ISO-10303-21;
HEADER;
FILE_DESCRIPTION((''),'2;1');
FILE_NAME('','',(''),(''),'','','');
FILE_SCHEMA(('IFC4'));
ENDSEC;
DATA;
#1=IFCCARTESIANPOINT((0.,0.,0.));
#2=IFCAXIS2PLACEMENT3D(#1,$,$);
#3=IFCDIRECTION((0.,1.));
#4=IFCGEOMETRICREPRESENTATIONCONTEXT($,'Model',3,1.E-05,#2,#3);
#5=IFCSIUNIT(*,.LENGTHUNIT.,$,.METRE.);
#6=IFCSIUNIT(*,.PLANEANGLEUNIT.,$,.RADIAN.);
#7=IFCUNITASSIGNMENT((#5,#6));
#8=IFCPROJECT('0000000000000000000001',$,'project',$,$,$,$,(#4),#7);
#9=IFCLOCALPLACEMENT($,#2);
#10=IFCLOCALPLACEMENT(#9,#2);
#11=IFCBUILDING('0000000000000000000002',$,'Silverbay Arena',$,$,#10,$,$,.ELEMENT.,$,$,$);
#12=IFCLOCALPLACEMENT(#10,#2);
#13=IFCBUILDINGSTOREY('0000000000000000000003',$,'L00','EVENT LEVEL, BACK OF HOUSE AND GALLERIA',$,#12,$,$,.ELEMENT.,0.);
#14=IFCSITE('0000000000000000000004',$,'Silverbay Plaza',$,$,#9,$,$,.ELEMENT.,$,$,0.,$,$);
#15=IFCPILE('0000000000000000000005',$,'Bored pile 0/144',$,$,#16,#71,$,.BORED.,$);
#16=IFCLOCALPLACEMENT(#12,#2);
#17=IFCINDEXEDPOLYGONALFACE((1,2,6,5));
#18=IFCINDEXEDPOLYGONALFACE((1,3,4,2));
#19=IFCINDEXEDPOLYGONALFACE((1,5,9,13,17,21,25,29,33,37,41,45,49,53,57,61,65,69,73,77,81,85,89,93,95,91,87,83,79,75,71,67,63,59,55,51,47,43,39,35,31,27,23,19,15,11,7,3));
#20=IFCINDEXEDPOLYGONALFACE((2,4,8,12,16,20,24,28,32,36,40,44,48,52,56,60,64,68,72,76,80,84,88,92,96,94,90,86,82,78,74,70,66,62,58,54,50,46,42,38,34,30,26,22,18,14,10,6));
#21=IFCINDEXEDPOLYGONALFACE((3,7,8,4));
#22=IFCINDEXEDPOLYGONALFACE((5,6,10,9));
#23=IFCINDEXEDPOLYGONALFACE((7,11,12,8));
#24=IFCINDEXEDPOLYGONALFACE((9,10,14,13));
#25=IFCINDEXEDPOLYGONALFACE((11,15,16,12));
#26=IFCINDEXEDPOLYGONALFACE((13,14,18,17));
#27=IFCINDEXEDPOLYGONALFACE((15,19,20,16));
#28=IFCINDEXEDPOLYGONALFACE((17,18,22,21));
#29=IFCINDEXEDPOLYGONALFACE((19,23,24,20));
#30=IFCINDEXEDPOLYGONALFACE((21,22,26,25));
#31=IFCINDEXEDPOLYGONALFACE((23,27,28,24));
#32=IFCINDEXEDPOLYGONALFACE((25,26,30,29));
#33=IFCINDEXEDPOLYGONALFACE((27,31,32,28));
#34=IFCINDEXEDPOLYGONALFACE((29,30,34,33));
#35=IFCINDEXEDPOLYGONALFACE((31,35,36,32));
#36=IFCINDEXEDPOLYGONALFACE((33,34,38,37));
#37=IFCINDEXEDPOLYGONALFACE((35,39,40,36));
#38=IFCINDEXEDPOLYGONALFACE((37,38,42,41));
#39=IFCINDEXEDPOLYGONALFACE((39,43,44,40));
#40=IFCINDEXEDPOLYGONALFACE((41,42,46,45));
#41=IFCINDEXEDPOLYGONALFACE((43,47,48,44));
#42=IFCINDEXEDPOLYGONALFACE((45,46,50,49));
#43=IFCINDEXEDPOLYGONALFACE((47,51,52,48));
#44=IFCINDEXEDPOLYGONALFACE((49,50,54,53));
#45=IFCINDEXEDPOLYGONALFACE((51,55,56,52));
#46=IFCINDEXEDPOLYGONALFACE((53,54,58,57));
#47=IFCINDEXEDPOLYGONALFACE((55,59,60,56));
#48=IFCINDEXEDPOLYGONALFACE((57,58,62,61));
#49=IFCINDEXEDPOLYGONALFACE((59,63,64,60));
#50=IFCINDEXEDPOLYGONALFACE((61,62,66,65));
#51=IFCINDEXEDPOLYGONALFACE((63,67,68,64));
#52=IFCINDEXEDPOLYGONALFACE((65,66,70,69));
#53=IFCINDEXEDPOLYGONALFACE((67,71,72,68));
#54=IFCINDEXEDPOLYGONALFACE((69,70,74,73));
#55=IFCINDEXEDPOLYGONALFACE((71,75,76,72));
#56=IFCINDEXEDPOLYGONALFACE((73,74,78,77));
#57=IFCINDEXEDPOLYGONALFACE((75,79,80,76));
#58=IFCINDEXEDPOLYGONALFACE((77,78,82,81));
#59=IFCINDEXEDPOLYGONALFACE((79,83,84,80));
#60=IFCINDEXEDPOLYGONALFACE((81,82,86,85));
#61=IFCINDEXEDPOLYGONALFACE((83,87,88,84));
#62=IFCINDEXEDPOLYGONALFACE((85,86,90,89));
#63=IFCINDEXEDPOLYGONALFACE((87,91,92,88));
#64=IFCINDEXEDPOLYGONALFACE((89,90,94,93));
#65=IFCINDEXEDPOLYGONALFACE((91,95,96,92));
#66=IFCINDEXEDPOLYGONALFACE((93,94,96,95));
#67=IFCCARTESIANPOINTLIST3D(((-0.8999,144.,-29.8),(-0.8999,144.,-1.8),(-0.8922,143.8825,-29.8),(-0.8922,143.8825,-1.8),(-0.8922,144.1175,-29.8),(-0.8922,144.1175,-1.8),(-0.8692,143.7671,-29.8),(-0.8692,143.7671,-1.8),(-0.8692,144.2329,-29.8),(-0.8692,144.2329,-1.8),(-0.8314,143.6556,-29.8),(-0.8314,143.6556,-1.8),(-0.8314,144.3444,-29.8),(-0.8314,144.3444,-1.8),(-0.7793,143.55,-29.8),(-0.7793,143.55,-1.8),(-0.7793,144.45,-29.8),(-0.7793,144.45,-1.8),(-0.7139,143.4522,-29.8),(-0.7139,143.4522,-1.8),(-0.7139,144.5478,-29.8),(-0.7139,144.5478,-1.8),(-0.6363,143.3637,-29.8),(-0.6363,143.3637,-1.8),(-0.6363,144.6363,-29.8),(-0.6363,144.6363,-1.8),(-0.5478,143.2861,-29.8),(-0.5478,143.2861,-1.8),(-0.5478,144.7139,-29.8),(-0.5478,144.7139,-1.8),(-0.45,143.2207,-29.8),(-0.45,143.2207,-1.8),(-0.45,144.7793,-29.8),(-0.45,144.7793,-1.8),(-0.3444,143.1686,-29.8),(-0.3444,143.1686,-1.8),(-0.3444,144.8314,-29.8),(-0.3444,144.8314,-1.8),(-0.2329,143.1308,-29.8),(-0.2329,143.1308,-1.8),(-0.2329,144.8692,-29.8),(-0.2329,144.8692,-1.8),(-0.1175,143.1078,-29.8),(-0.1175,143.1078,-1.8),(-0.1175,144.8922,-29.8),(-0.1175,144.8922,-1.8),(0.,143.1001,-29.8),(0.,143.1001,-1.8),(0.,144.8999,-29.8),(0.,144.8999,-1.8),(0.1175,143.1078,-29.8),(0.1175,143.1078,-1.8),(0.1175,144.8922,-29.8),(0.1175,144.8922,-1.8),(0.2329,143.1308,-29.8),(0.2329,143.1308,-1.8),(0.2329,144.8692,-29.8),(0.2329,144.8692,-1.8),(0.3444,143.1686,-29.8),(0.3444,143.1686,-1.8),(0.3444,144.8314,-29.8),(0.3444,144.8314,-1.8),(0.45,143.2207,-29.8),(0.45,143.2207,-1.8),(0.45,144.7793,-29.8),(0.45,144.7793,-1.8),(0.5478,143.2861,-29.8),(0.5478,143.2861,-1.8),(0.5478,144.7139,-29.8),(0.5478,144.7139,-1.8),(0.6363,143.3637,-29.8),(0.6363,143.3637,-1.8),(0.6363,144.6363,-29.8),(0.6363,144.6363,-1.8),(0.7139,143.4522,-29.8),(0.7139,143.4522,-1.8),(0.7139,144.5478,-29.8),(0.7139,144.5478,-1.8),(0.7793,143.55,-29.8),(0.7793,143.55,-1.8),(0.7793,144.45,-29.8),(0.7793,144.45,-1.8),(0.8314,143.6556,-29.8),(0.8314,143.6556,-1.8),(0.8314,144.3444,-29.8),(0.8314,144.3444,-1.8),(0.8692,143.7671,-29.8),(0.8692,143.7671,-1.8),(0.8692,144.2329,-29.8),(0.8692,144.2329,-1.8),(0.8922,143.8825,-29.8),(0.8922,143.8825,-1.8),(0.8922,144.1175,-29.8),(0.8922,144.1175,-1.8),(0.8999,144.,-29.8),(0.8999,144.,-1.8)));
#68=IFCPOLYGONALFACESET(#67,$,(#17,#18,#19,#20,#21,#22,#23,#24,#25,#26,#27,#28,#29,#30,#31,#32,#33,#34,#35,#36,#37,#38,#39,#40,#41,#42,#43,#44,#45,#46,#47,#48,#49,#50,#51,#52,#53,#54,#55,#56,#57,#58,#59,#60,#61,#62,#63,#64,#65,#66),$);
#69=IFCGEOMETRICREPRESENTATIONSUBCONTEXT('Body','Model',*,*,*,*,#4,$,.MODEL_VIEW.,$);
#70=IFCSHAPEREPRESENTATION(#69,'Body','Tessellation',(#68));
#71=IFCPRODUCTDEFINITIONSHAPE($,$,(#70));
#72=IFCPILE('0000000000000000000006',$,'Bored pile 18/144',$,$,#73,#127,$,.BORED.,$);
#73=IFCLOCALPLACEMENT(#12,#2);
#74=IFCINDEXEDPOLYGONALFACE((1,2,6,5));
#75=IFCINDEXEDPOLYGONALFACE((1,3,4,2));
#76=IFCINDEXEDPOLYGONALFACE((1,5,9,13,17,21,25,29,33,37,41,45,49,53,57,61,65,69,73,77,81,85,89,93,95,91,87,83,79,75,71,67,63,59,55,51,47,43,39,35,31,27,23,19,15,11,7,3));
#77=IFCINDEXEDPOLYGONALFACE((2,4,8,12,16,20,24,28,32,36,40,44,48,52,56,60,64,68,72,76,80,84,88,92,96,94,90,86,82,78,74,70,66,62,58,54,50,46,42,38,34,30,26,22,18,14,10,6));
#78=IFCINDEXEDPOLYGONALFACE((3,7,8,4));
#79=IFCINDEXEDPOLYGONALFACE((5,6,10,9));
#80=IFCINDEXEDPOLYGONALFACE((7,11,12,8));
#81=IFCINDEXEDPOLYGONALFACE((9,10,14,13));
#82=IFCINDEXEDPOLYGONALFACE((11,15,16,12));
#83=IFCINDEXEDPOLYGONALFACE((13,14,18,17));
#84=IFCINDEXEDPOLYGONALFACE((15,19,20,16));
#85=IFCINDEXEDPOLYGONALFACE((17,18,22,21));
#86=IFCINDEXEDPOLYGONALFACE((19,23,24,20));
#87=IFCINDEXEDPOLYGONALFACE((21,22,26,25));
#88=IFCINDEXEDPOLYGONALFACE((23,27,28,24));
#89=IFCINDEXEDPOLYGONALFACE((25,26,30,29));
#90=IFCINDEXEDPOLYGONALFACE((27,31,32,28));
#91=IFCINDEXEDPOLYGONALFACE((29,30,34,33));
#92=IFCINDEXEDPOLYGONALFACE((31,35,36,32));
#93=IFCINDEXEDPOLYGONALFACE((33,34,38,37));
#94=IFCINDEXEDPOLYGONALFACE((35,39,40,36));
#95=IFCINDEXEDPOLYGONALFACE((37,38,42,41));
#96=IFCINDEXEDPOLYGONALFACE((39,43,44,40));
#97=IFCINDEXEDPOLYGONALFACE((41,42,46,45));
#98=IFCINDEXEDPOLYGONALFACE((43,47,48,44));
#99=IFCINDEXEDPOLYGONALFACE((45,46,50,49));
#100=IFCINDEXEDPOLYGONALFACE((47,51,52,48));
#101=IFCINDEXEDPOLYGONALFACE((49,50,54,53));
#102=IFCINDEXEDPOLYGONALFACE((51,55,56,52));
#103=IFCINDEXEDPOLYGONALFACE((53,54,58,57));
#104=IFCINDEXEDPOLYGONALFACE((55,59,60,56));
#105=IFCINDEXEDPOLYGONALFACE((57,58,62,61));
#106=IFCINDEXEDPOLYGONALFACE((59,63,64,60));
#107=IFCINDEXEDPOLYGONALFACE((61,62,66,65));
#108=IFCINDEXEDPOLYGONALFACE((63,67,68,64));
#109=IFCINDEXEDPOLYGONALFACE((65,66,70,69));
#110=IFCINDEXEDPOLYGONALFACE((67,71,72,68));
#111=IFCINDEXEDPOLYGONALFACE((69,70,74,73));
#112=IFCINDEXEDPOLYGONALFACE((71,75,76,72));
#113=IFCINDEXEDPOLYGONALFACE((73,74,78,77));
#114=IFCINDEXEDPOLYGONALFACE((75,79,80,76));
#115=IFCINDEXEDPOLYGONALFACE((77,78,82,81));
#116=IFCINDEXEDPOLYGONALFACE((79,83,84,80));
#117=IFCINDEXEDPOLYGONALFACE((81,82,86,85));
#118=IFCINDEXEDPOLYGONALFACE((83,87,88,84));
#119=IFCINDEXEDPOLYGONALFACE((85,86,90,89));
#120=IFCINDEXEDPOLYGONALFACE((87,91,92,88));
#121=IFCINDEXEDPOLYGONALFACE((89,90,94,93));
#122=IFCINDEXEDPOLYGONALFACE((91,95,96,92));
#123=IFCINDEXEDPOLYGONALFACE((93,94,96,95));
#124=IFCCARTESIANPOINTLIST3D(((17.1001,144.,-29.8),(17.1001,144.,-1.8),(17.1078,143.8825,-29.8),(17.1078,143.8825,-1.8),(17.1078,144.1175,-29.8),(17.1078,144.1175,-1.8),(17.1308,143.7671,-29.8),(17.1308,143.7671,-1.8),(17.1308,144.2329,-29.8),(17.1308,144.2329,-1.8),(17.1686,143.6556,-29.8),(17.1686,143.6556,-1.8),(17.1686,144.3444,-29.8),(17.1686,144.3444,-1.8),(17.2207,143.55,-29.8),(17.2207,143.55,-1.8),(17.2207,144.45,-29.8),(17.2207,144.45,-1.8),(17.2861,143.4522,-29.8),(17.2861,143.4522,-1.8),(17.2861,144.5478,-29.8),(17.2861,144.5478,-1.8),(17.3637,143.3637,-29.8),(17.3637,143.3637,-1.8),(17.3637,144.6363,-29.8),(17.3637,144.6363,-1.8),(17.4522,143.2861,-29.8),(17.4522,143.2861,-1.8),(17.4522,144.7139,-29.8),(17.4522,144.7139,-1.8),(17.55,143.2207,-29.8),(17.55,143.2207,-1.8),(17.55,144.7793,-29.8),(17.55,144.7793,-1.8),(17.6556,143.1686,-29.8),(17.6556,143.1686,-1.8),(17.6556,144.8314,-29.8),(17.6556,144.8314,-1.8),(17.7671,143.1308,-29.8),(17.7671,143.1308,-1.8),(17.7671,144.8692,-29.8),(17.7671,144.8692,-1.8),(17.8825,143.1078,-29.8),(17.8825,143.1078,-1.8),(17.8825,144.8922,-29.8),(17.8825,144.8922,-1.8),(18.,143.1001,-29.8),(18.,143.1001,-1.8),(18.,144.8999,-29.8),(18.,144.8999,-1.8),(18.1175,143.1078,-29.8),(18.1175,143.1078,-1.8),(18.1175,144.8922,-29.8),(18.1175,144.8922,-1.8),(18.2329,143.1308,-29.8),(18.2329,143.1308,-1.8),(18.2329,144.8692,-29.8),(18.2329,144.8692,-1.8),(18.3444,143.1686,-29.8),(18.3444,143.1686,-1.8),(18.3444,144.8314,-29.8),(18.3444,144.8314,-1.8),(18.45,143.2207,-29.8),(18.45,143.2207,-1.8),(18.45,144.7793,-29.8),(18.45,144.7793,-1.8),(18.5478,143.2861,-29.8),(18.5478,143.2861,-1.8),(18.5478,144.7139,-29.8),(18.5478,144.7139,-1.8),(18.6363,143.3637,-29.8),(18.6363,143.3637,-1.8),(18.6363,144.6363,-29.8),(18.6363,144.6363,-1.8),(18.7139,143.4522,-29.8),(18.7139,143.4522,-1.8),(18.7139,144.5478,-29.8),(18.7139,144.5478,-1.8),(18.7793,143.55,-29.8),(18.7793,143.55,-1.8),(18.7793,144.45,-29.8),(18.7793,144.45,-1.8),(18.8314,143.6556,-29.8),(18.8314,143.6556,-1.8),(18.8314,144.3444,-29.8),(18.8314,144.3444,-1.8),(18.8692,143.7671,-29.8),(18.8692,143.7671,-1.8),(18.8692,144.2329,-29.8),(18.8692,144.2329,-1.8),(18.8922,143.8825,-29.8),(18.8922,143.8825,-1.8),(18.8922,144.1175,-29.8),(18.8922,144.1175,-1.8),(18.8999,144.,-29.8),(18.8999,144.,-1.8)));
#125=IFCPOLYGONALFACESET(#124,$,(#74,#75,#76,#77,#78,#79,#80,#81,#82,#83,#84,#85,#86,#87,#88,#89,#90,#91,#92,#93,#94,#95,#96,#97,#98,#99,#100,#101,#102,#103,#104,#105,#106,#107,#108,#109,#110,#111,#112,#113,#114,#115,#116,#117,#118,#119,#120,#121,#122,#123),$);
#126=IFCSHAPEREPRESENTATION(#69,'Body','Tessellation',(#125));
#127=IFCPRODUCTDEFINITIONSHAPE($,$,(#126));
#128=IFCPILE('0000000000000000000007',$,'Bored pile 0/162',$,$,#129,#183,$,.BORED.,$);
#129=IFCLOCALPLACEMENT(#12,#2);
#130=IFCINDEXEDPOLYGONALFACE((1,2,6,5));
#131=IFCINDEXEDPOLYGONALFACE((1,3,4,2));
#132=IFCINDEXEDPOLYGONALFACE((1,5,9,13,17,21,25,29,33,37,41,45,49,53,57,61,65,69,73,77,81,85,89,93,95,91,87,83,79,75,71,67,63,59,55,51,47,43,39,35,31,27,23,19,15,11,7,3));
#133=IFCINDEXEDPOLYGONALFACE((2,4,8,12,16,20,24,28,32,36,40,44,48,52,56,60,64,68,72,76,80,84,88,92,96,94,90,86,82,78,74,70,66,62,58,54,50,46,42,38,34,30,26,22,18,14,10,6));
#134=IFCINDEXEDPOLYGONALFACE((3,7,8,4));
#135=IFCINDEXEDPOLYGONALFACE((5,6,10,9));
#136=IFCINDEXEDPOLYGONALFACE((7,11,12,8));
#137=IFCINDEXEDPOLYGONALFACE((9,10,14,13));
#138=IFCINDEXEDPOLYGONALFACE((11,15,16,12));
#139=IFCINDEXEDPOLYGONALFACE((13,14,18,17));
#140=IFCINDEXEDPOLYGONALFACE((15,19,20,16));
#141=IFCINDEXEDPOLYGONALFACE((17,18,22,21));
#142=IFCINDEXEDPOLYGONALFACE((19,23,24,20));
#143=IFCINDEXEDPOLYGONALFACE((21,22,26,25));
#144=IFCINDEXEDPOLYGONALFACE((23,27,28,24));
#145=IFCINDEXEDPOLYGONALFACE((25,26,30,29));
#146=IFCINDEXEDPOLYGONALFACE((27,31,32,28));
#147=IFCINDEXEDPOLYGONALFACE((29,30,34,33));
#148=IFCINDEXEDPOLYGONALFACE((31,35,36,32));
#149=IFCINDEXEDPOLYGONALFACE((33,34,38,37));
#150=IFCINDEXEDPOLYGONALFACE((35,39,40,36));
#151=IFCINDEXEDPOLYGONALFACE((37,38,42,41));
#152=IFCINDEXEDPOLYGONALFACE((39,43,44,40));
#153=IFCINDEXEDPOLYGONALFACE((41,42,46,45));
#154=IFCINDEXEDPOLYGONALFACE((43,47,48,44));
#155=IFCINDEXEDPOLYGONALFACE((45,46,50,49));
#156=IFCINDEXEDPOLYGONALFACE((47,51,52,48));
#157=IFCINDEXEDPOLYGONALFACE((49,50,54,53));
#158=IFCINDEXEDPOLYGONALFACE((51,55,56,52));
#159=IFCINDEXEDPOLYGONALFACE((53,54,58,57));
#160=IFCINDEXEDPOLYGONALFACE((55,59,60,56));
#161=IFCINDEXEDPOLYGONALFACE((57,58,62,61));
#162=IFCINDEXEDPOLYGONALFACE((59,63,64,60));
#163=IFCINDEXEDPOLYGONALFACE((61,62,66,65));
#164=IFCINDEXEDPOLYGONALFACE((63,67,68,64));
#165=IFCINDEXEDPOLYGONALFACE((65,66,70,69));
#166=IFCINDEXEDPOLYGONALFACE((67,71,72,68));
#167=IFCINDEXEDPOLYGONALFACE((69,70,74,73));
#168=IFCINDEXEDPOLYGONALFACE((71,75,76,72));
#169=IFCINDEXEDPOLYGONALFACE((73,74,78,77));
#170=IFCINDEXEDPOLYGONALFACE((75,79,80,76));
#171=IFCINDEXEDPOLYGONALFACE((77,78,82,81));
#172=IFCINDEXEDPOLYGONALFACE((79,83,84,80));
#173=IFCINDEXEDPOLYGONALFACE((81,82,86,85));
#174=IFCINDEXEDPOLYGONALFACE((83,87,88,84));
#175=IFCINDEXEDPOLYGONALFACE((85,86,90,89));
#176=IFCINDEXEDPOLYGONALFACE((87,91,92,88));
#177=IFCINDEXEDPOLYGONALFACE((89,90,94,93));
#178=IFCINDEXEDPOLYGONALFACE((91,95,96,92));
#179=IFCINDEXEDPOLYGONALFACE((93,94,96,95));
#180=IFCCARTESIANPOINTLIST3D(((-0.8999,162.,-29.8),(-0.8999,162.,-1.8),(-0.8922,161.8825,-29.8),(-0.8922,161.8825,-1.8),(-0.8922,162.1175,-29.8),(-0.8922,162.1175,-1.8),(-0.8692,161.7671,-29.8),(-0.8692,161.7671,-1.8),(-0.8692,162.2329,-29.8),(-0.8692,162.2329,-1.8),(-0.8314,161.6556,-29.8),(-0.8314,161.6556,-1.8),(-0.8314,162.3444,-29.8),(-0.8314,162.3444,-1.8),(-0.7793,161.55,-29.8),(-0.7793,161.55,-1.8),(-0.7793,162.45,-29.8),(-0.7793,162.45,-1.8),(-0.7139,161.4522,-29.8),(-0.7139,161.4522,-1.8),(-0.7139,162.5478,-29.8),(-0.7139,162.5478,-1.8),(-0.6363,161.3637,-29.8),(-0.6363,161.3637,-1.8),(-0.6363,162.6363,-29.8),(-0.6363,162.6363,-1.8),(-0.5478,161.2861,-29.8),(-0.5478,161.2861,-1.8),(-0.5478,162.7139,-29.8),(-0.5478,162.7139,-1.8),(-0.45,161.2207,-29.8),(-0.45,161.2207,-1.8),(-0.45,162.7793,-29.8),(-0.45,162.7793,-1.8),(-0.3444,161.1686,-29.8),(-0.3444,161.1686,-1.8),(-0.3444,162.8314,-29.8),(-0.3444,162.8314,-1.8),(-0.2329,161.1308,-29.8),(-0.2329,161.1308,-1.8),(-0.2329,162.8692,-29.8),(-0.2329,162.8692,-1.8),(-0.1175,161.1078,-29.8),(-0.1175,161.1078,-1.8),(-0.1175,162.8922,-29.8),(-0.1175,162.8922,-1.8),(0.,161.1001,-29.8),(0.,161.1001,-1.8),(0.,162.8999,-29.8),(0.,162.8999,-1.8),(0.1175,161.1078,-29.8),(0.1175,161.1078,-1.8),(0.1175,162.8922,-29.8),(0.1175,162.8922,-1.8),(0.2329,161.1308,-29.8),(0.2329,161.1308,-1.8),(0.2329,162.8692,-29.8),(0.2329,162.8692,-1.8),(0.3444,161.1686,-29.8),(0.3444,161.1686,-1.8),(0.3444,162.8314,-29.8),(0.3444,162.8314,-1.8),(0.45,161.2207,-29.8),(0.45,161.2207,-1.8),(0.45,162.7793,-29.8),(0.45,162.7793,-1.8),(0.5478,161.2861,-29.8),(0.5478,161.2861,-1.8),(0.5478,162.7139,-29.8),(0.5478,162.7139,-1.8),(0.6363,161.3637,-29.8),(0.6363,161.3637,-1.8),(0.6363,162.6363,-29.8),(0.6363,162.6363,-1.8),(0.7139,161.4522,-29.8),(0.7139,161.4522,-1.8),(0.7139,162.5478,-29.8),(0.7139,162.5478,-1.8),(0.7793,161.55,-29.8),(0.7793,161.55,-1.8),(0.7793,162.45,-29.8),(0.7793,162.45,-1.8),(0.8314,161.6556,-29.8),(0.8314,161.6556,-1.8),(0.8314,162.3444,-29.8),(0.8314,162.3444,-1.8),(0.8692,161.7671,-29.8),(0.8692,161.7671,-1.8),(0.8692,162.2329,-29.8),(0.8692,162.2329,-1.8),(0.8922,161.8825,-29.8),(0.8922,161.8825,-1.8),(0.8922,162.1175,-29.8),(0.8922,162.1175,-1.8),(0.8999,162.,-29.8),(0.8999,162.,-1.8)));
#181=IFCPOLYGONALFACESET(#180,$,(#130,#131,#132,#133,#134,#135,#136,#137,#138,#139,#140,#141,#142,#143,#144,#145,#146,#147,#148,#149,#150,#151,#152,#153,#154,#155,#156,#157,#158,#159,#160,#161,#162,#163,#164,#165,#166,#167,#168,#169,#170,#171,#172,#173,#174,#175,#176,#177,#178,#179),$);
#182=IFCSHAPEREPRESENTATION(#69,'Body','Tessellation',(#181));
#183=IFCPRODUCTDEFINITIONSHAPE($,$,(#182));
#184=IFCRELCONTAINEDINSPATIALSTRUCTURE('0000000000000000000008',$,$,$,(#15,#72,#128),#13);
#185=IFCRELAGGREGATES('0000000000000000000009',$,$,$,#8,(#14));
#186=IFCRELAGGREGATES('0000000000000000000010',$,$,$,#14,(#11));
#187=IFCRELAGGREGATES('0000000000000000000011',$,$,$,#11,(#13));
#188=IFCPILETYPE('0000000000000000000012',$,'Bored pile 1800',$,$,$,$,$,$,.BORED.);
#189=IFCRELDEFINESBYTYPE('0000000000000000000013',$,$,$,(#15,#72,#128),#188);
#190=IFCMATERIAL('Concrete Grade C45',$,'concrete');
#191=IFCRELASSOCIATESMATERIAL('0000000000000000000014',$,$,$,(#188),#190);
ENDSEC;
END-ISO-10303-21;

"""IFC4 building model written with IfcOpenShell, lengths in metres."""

from ifc_helpers import new_model, si_unit, direction, frame, origin, origin_2d, place, context, subcontext, project, spatial, circle, extrude, material, material_profile, profile_set, type_object, element, save


model = new_model("IFC4")

# Units and contexts
model_context = context("Model", 3, precision=1e-05, world=origin(), true_north=direction((0.0, 1.0)))
body_context = subcontext(model_context, "Body", "Model", "MODEL_VIEW")
ifc_project = project(units=[si_unit("LENGTHUNIT", "METRE"), si_unit("PLANEANGLEUNIT", "RADIAN")], contexts=[model_context])

# Site, building, storey
site_placement = place(None, origin())
site = spatial("IfcSite", under=ifc_project, at=site_placement, Name="Silverbay Plaza", CompositionType="ELEMENT", RefElevation=0.0)
building_placement = place(site_placement, origin())
building = spatial("IfcBuilding", under=site, at=building_placement, Name="Silverbay Arena", CompositionType="ELEMENT")
storey_placement = place(building_placement, origin())
storey = spatial("IfcBuildingStorey", under=building, at=storey_placement, Name="L00", Description="EVENT LEVEL, BACK OF HOUSE AND GALLERIA", CompositionType="ELEMENT", Elevation=0.0)

# Piles
ifc_material_1 = material(Name="Concrete Grade C45", Category="concrete")
ifc_material_profile_1 = material_profile(ifc_material_1, circle(Radius=0.8999, at=origin_2d()), Name="Bored pile 1800")
ifc_profile_set_1 = profile_set([ifc_material_profile_1], Name="Concrete Grade C45")
pile_type = type_object("IfcPileType", Name="Bored pile 1800", PredefinedType="BORED", material=ifc_profile_set_1)
for number, where, z_axis, x_axis, name in (
    (1, (0.0, 144.0, -1.8), (0.0, 0.0, -1.0), (1.0, 0.0, 0.0), "Bored pile 0/144"),
    (2, (18.0, 144.0, -1.8), (0.0, 0.0, -1.0), (1.0, 0.0, 0.0), "Bored pile 18/144"),
    (3, (0.0, 162.0, -1.8), (0.0, 0.0, -1.0), (1.0, 0.0, 0.0), "Bored pile 0/162"),
):
    element("IfcPile", number, at=place(storey_placement, frame(where, z_axis=z_axis, x_axis=x_axis)), inside=storey, type_object=pile_type, Name=name, PredefinedType="BORED", context=body_context, shape_type="SweptSolid", body=[
        extrude(circle(Radius=0.8999, at=origin_2d()), origin(), (0.0, 0.0, 1.0), 28.0),
    ])

save(model, "model.ifc")
